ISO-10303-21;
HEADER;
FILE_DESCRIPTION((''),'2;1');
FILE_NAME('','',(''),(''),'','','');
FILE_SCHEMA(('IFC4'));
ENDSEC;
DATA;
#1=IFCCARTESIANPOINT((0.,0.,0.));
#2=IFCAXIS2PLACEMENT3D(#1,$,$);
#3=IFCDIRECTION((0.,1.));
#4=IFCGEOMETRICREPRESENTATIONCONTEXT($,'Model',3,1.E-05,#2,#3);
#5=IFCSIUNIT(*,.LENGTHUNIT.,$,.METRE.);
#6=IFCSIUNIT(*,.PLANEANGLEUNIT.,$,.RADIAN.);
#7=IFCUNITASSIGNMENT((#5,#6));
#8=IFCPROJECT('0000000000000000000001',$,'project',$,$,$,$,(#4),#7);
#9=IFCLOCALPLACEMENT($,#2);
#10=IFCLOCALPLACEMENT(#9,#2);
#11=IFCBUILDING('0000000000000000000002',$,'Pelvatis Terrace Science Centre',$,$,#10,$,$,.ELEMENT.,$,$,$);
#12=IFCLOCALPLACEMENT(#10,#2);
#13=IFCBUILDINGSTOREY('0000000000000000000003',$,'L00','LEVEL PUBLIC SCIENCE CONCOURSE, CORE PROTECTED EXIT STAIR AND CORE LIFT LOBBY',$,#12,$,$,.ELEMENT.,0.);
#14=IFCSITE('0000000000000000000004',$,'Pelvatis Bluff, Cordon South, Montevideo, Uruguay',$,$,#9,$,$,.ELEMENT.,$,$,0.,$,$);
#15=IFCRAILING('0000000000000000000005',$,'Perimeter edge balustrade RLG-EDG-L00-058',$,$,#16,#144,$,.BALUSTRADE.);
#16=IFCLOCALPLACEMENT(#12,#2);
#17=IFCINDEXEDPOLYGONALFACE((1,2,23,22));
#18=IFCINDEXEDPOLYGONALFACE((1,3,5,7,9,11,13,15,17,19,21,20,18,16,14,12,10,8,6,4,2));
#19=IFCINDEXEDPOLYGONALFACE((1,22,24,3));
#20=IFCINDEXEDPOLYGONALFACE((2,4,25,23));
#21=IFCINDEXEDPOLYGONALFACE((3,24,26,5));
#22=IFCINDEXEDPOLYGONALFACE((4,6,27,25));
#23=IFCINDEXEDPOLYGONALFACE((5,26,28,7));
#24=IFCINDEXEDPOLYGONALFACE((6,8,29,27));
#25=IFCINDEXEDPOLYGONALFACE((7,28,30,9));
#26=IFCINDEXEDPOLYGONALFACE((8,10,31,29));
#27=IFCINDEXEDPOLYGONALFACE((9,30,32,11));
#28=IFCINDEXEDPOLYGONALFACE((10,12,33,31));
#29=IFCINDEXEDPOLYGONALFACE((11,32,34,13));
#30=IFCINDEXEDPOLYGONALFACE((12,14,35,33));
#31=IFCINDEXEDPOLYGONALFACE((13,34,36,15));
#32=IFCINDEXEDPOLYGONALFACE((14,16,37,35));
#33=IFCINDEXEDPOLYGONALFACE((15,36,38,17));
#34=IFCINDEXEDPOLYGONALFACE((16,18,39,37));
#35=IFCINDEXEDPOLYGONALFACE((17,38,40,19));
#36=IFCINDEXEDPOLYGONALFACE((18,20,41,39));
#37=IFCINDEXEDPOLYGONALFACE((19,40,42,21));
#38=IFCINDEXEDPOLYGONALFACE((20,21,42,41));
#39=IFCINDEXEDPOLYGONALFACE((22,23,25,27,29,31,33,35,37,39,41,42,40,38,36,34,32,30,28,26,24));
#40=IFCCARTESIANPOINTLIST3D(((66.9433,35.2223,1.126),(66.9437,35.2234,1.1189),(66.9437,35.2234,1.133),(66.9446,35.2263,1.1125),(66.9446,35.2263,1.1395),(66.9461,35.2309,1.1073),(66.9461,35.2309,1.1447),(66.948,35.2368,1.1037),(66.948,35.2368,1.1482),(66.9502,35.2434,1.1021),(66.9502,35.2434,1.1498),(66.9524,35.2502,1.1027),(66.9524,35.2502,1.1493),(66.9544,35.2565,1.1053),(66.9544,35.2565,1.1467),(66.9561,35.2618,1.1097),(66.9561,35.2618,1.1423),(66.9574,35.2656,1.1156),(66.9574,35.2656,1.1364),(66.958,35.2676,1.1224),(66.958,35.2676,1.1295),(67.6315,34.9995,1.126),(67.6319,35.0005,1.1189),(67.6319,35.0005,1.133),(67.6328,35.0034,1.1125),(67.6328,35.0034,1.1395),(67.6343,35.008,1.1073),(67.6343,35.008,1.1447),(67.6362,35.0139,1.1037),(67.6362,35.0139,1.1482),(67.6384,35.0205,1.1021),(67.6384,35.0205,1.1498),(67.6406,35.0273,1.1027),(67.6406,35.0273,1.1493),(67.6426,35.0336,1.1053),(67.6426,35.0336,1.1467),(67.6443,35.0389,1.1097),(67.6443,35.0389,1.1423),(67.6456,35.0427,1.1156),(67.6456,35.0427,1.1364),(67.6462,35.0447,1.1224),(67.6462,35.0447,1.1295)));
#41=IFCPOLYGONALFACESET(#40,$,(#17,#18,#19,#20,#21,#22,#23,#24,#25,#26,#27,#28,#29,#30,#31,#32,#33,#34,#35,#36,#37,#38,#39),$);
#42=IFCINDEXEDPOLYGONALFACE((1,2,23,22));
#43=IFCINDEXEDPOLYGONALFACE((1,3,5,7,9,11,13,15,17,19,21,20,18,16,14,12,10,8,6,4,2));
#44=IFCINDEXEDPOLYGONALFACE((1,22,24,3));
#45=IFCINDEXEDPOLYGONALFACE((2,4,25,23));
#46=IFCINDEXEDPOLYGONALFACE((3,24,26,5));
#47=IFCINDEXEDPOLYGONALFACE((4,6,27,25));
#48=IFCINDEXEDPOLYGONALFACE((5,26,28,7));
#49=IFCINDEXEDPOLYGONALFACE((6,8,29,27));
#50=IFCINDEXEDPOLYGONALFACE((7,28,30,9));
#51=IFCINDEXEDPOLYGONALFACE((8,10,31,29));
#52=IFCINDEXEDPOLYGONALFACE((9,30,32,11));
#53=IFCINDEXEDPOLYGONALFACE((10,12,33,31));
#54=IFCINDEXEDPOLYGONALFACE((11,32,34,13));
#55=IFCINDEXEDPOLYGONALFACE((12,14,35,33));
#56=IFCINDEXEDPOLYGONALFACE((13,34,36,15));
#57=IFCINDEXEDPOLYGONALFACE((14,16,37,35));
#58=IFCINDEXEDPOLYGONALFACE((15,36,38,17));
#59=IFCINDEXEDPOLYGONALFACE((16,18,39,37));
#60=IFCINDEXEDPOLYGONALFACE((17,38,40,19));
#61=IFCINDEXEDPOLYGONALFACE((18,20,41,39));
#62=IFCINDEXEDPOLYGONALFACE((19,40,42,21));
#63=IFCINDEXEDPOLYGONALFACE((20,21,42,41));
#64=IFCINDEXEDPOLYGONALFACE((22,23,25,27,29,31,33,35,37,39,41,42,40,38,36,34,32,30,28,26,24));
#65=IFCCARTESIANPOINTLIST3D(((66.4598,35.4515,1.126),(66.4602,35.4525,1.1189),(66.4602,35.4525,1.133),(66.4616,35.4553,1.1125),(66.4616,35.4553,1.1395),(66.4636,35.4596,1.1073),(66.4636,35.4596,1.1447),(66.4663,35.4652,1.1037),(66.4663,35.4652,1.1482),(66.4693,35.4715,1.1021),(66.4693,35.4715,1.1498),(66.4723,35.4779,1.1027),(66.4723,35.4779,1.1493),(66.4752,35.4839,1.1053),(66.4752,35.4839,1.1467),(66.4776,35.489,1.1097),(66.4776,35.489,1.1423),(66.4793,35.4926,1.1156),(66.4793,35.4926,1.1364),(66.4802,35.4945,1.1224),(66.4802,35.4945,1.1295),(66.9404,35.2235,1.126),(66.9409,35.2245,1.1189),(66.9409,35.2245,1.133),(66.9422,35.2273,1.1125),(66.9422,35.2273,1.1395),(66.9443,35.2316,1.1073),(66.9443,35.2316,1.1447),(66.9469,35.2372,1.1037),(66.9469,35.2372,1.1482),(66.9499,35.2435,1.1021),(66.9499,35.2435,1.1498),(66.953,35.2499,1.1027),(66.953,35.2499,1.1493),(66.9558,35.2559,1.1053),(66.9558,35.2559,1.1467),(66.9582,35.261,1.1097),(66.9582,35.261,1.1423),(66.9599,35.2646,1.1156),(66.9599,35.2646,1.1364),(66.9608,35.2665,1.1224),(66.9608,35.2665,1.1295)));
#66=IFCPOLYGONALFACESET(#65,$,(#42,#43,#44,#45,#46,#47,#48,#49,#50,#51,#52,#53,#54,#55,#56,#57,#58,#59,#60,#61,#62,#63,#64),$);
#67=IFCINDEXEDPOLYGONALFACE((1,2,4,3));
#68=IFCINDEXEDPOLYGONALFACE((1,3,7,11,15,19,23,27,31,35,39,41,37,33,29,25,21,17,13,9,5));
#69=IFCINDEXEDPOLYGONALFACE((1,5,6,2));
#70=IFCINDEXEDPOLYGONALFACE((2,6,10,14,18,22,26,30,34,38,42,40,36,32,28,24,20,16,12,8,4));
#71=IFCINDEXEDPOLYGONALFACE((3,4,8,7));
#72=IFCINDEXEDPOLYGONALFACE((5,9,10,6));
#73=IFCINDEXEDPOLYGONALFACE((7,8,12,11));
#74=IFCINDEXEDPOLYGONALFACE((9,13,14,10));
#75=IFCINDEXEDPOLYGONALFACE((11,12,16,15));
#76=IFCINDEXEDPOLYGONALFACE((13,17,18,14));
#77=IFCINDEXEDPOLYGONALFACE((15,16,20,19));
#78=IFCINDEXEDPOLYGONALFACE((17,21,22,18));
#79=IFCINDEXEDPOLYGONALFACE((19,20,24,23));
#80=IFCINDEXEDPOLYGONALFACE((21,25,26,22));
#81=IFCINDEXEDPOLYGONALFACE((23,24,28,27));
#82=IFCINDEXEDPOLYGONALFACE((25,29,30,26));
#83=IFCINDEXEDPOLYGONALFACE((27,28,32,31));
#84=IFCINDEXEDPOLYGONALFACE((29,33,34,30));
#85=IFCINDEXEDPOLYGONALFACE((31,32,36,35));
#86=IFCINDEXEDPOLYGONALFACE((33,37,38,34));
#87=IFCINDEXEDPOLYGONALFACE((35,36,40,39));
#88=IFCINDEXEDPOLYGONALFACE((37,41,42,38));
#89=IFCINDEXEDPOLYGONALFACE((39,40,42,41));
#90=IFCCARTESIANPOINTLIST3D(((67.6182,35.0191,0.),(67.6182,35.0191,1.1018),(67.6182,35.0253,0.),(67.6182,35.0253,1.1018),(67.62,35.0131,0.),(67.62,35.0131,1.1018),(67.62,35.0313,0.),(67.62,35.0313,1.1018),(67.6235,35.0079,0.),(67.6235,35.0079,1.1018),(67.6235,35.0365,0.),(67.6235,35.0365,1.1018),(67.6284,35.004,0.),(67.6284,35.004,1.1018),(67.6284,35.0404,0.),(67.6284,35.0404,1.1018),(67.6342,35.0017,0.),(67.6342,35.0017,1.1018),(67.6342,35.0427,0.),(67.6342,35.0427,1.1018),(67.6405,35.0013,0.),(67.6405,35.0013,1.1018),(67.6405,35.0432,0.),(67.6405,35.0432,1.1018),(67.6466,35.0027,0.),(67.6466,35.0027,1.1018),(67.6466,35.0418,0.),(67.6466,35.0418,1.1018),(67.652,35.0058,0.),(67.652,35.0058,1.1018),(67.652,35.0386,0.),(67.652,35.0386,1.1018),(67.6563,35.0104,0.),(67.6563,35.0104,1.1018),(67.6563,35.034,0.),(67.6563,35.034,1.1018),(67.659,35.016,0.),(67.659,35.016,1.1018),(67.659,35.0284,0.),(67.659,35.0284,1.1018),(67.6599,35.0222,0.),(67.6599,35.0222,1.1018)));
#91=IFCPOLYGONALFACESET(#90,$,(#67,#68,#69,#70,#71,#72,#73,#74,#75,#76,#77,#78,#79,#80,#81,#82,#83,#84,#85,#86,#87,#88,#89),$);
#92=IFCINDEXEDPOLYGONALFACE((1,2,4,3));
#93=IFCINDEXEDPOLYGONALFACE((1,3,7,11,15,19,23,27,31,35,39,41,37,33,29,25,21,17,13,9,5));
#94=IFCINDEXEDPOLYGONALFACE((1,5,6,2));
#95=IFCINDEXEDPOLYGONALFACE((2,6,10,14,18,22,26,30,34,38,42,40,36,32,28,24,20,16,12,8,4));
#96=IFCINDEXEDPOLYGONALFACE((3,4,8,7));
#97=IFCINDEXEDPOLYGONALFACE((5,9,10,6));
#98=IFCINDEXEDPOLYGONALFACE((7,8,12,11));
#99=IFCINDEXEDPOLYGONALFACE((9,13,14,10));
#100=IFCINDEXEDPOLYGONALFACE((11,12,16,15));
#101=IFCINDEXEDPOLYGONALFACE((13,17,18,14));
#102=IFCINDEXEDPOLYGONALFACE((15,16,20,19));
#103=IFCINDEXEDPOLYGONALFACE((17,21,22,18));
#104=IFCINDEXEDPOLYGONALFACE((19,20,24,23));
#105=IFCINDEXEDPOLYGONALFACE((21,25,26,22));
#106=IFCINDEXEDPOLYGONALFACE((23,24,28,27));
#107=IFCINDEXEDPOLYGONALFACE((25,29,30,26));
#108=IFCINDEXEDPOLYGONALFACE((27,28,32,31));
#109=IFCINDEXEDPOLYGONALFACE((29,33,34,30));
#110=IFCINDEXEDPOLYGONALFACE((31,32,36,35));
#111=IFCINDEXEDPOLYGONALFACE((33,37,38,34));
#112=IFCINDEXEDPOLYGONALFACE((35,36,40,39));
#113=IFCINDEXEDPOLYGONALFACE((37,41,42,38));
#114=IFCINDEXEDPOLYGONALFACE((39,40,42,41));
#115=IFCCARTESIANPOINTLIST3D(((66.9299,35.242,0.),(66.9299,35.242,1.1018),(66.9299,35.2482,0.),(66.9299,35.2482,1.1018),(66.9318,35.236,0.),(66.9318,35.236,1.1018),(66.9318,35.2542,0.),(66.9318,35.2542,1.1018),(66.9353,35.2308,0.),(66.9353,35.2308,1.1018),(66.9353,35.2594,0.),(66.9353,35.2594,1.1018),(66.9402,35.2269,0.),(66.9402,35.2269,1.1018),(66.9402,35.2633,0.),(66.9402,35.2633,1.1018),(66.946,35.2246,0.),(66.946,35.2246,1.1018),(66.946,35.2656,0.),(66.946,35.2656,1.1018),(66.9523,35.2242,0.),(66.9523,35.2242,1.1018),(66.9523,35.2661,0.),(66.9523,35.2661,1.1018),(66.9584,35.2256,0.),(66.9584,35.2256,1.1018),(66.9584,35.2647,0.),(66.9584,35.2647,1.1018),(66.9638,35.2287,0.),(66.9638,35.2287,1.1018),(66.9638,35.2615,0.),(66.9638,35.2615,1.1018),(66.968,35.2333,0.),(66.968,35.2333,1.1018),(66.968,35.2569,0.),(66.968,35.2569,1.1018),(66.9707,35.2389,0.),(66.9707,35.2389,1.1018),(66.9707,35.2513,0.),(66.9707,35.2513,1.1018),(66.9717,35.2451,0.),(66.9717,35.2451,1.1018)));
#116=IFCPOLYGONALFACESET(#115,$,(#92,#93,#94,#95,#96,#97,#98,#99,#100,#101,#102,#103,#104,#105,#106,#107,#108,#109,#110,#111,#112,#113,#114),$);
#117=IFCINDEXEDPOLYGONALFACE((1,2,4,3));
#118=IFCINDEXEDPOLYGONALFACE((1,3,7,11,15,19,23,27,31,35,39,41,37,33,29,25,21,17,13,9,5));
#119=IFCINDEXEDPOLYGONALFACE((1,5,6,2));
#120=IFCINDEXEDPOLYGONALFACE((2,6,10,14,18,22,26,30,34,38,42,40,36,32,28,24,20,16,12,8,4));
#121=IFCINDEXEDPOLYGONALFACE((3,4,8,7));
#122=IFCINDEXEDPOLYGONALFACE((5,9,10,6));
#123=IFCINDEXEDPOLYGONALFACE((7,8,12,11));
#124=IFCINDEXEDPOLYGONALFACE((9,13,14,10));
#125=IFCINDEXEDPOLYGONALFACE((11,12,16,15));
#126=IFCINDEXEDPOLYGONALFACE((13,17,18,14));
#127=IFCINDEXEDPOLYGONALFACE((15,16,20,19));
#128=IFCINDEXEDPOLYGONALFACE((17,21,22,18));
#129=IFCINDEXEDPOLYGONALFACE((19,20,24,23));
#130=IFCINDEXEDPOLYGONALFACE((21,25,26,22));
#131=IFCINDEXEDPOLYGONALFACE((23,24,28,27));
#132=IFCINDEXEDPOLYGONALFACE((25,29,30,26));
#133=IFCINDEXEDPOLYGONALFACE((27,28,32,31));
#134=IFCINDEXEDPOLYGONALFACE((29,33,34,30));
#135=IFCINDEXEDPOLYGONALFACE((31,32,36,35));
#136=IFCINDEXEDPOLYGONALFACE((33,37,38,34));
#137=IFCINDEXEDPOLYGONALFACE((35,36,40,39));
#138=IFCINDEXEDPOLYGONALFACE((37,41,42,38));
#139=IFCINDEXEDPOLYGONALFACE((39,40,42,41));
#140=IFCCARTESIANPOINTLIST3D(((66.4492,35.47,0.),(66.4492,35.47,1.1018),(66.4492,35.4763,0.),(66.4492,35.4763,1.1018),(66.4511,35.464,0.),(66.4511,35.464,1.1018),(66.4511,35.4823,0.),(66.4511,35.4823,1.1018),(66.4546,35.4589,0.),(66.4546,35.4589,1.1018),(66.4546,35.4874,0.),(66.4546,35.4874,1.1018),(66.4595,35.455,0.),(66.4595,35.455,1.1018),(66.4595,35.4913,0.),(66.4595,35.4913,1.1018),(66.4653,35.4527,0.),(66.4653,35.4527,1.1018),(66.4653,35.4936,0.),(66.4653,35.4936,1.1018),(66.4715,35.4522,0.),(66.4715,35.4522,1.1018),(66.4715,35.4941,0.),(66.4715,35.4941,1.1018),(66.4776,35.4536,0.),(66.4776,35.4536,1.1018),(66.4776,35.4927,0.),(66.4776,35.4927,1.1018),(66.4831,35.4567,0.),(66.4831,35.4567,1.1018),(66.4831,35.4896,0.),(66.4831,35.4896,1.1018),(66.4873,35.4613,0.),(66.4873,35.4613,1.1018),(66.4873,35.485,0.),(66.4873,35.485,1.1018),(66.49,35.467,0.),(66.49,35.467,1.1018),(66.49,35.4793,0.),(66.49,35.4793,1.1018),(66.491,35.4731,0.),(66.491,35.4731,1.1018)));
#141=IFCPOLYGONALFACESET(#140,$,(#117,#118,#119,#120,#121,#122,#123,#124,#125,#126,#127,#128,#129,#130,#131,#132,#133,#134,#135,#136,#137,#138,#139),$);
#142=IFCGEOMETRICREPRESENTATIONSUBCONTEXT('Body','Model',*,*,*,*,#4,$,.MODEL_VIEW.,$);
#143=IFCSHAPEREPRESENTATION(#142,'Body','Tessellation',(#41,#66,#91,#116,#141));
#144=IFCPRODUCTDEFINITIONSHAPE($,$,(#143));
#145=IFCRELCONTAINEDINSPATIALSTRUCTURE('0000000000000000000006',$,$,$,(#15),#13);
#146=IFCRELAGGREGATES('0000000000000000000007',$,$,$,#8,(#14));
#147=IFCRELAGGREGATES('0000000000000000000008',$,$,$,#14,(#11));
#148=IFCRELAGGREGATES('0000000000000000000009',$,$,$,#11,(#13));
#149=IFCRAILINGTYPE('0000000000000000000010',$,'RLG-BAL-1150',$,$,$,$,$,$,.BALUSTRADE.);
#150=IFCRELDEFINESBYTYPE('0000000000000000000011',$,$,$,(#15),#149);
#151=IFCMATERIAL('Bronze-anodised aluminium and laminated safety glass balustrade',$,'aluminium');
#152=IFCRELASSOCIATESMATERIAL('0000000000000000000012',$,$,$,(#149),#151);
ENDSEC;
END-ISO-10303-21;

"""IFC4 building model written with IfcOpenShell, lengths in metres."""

from ifc_helpers import new_model, si_unit, direction, frame, origin, origin_2d, place, context, subcontext, project, spatial, circle, extrude, material, type_object, element, save


model = new_model("IFC4")

# Units and contexts
model_context = context("Model", 3, precision=1e-05, world=origin(), true_north=direction((0.0, 1.0)))
body_context = subcontext(model_context, "Body", "Model", "MODEL_VIEW")
ifc_project = project(units=[si_unit("LENGTHUNIT", "METRE"), si_unit("PLANEANGLEUNIT", "RADIAN")], contexts=[model_context])

# Site, building, storey
site_placement = place(None, origin())
site = spatial("IfcSite", under=ifc_project, at=site_placement, Name="Pelvatis Bluff, Cordon South, Montevideo, Uruguay", CompositionType="ELEMENT", RefElevation=0.0)
building_placement = place(site_placement, origin())
building = spatial("IfcBuilding", under=site, at=building_placement, Name="Pelvatis Terrace Science Centre", CompositionType="ELEMENT")
storey_placement = place(building_placement, origin())
storey = spatial("IfcBuildingStorey", under=building, at=storey_placement, Name="L00", Description="LEVEL PUBLIC SCIENCE CONCOURSE, CORE PROTECTED EXIT STAIR AND CORE LIFT LOBBY", CompositionType="ELEMENT", Elevation=0.0)

# Railing
ifc_material_1 = material(Name="Bronze-anodised aluminium and laminated safety glass balustrade", Category="aluminium")
railing_type = type_object("IfcRailingType", Name="RLG-BAL-1150", PredefinedType="BALUSTRADE", material=ifc_material_1)
railing_1_placement = place(storey_placement, frame((67.6389, 35.0222, 0.0)))
element("IfcRailing", 1, at=railing_1_placement, inside=storey, type_object=railing_type, Name="Perimeter edge balustrade RLG-EDG-L00-058", PredefinedType="BALUSTRADE", context=body_context, shape_type="SweptSolid", body=[
    extrude(circle(Radius=0.0239, at=origin_2d()), frame((0.0, 0.0, 1.126), z_axis=(-0.951349, 0.308117, 0.0), x_axis=(-0.308117, -0.951349, 0.0)), (0.0, 0.0, 1.0), 0.7234),
    extrude(circle(Radius=0.0239, at=origin_2d()), frame((-0.6882, 0.2229, 1.126), z_axis=(-0.903504, 0.428579, 0.0), x_axis=(-0.428579, -0.903504, 0.0)), (0.0, 0.0, 1.0), 0.532),
    extrude(circle(Radius=0.021, at=origin_2d()), origin(), (0.0, 0.0, 1.0), 1.1018),
    extrude(circle(Radius=0.021, at=origin_2d()), frame((-0.6882, 0.2229, 0.0)), (0.0, 0.0, 1.0), 1.1018),
    extrude(circle(Radius=0.021, at=origin_2d()), frame((-1.1689, 0.4509, 0.0)), (0.0, 0.0, 1.0), 1.1018),
])

save(model, "model.ifc")
